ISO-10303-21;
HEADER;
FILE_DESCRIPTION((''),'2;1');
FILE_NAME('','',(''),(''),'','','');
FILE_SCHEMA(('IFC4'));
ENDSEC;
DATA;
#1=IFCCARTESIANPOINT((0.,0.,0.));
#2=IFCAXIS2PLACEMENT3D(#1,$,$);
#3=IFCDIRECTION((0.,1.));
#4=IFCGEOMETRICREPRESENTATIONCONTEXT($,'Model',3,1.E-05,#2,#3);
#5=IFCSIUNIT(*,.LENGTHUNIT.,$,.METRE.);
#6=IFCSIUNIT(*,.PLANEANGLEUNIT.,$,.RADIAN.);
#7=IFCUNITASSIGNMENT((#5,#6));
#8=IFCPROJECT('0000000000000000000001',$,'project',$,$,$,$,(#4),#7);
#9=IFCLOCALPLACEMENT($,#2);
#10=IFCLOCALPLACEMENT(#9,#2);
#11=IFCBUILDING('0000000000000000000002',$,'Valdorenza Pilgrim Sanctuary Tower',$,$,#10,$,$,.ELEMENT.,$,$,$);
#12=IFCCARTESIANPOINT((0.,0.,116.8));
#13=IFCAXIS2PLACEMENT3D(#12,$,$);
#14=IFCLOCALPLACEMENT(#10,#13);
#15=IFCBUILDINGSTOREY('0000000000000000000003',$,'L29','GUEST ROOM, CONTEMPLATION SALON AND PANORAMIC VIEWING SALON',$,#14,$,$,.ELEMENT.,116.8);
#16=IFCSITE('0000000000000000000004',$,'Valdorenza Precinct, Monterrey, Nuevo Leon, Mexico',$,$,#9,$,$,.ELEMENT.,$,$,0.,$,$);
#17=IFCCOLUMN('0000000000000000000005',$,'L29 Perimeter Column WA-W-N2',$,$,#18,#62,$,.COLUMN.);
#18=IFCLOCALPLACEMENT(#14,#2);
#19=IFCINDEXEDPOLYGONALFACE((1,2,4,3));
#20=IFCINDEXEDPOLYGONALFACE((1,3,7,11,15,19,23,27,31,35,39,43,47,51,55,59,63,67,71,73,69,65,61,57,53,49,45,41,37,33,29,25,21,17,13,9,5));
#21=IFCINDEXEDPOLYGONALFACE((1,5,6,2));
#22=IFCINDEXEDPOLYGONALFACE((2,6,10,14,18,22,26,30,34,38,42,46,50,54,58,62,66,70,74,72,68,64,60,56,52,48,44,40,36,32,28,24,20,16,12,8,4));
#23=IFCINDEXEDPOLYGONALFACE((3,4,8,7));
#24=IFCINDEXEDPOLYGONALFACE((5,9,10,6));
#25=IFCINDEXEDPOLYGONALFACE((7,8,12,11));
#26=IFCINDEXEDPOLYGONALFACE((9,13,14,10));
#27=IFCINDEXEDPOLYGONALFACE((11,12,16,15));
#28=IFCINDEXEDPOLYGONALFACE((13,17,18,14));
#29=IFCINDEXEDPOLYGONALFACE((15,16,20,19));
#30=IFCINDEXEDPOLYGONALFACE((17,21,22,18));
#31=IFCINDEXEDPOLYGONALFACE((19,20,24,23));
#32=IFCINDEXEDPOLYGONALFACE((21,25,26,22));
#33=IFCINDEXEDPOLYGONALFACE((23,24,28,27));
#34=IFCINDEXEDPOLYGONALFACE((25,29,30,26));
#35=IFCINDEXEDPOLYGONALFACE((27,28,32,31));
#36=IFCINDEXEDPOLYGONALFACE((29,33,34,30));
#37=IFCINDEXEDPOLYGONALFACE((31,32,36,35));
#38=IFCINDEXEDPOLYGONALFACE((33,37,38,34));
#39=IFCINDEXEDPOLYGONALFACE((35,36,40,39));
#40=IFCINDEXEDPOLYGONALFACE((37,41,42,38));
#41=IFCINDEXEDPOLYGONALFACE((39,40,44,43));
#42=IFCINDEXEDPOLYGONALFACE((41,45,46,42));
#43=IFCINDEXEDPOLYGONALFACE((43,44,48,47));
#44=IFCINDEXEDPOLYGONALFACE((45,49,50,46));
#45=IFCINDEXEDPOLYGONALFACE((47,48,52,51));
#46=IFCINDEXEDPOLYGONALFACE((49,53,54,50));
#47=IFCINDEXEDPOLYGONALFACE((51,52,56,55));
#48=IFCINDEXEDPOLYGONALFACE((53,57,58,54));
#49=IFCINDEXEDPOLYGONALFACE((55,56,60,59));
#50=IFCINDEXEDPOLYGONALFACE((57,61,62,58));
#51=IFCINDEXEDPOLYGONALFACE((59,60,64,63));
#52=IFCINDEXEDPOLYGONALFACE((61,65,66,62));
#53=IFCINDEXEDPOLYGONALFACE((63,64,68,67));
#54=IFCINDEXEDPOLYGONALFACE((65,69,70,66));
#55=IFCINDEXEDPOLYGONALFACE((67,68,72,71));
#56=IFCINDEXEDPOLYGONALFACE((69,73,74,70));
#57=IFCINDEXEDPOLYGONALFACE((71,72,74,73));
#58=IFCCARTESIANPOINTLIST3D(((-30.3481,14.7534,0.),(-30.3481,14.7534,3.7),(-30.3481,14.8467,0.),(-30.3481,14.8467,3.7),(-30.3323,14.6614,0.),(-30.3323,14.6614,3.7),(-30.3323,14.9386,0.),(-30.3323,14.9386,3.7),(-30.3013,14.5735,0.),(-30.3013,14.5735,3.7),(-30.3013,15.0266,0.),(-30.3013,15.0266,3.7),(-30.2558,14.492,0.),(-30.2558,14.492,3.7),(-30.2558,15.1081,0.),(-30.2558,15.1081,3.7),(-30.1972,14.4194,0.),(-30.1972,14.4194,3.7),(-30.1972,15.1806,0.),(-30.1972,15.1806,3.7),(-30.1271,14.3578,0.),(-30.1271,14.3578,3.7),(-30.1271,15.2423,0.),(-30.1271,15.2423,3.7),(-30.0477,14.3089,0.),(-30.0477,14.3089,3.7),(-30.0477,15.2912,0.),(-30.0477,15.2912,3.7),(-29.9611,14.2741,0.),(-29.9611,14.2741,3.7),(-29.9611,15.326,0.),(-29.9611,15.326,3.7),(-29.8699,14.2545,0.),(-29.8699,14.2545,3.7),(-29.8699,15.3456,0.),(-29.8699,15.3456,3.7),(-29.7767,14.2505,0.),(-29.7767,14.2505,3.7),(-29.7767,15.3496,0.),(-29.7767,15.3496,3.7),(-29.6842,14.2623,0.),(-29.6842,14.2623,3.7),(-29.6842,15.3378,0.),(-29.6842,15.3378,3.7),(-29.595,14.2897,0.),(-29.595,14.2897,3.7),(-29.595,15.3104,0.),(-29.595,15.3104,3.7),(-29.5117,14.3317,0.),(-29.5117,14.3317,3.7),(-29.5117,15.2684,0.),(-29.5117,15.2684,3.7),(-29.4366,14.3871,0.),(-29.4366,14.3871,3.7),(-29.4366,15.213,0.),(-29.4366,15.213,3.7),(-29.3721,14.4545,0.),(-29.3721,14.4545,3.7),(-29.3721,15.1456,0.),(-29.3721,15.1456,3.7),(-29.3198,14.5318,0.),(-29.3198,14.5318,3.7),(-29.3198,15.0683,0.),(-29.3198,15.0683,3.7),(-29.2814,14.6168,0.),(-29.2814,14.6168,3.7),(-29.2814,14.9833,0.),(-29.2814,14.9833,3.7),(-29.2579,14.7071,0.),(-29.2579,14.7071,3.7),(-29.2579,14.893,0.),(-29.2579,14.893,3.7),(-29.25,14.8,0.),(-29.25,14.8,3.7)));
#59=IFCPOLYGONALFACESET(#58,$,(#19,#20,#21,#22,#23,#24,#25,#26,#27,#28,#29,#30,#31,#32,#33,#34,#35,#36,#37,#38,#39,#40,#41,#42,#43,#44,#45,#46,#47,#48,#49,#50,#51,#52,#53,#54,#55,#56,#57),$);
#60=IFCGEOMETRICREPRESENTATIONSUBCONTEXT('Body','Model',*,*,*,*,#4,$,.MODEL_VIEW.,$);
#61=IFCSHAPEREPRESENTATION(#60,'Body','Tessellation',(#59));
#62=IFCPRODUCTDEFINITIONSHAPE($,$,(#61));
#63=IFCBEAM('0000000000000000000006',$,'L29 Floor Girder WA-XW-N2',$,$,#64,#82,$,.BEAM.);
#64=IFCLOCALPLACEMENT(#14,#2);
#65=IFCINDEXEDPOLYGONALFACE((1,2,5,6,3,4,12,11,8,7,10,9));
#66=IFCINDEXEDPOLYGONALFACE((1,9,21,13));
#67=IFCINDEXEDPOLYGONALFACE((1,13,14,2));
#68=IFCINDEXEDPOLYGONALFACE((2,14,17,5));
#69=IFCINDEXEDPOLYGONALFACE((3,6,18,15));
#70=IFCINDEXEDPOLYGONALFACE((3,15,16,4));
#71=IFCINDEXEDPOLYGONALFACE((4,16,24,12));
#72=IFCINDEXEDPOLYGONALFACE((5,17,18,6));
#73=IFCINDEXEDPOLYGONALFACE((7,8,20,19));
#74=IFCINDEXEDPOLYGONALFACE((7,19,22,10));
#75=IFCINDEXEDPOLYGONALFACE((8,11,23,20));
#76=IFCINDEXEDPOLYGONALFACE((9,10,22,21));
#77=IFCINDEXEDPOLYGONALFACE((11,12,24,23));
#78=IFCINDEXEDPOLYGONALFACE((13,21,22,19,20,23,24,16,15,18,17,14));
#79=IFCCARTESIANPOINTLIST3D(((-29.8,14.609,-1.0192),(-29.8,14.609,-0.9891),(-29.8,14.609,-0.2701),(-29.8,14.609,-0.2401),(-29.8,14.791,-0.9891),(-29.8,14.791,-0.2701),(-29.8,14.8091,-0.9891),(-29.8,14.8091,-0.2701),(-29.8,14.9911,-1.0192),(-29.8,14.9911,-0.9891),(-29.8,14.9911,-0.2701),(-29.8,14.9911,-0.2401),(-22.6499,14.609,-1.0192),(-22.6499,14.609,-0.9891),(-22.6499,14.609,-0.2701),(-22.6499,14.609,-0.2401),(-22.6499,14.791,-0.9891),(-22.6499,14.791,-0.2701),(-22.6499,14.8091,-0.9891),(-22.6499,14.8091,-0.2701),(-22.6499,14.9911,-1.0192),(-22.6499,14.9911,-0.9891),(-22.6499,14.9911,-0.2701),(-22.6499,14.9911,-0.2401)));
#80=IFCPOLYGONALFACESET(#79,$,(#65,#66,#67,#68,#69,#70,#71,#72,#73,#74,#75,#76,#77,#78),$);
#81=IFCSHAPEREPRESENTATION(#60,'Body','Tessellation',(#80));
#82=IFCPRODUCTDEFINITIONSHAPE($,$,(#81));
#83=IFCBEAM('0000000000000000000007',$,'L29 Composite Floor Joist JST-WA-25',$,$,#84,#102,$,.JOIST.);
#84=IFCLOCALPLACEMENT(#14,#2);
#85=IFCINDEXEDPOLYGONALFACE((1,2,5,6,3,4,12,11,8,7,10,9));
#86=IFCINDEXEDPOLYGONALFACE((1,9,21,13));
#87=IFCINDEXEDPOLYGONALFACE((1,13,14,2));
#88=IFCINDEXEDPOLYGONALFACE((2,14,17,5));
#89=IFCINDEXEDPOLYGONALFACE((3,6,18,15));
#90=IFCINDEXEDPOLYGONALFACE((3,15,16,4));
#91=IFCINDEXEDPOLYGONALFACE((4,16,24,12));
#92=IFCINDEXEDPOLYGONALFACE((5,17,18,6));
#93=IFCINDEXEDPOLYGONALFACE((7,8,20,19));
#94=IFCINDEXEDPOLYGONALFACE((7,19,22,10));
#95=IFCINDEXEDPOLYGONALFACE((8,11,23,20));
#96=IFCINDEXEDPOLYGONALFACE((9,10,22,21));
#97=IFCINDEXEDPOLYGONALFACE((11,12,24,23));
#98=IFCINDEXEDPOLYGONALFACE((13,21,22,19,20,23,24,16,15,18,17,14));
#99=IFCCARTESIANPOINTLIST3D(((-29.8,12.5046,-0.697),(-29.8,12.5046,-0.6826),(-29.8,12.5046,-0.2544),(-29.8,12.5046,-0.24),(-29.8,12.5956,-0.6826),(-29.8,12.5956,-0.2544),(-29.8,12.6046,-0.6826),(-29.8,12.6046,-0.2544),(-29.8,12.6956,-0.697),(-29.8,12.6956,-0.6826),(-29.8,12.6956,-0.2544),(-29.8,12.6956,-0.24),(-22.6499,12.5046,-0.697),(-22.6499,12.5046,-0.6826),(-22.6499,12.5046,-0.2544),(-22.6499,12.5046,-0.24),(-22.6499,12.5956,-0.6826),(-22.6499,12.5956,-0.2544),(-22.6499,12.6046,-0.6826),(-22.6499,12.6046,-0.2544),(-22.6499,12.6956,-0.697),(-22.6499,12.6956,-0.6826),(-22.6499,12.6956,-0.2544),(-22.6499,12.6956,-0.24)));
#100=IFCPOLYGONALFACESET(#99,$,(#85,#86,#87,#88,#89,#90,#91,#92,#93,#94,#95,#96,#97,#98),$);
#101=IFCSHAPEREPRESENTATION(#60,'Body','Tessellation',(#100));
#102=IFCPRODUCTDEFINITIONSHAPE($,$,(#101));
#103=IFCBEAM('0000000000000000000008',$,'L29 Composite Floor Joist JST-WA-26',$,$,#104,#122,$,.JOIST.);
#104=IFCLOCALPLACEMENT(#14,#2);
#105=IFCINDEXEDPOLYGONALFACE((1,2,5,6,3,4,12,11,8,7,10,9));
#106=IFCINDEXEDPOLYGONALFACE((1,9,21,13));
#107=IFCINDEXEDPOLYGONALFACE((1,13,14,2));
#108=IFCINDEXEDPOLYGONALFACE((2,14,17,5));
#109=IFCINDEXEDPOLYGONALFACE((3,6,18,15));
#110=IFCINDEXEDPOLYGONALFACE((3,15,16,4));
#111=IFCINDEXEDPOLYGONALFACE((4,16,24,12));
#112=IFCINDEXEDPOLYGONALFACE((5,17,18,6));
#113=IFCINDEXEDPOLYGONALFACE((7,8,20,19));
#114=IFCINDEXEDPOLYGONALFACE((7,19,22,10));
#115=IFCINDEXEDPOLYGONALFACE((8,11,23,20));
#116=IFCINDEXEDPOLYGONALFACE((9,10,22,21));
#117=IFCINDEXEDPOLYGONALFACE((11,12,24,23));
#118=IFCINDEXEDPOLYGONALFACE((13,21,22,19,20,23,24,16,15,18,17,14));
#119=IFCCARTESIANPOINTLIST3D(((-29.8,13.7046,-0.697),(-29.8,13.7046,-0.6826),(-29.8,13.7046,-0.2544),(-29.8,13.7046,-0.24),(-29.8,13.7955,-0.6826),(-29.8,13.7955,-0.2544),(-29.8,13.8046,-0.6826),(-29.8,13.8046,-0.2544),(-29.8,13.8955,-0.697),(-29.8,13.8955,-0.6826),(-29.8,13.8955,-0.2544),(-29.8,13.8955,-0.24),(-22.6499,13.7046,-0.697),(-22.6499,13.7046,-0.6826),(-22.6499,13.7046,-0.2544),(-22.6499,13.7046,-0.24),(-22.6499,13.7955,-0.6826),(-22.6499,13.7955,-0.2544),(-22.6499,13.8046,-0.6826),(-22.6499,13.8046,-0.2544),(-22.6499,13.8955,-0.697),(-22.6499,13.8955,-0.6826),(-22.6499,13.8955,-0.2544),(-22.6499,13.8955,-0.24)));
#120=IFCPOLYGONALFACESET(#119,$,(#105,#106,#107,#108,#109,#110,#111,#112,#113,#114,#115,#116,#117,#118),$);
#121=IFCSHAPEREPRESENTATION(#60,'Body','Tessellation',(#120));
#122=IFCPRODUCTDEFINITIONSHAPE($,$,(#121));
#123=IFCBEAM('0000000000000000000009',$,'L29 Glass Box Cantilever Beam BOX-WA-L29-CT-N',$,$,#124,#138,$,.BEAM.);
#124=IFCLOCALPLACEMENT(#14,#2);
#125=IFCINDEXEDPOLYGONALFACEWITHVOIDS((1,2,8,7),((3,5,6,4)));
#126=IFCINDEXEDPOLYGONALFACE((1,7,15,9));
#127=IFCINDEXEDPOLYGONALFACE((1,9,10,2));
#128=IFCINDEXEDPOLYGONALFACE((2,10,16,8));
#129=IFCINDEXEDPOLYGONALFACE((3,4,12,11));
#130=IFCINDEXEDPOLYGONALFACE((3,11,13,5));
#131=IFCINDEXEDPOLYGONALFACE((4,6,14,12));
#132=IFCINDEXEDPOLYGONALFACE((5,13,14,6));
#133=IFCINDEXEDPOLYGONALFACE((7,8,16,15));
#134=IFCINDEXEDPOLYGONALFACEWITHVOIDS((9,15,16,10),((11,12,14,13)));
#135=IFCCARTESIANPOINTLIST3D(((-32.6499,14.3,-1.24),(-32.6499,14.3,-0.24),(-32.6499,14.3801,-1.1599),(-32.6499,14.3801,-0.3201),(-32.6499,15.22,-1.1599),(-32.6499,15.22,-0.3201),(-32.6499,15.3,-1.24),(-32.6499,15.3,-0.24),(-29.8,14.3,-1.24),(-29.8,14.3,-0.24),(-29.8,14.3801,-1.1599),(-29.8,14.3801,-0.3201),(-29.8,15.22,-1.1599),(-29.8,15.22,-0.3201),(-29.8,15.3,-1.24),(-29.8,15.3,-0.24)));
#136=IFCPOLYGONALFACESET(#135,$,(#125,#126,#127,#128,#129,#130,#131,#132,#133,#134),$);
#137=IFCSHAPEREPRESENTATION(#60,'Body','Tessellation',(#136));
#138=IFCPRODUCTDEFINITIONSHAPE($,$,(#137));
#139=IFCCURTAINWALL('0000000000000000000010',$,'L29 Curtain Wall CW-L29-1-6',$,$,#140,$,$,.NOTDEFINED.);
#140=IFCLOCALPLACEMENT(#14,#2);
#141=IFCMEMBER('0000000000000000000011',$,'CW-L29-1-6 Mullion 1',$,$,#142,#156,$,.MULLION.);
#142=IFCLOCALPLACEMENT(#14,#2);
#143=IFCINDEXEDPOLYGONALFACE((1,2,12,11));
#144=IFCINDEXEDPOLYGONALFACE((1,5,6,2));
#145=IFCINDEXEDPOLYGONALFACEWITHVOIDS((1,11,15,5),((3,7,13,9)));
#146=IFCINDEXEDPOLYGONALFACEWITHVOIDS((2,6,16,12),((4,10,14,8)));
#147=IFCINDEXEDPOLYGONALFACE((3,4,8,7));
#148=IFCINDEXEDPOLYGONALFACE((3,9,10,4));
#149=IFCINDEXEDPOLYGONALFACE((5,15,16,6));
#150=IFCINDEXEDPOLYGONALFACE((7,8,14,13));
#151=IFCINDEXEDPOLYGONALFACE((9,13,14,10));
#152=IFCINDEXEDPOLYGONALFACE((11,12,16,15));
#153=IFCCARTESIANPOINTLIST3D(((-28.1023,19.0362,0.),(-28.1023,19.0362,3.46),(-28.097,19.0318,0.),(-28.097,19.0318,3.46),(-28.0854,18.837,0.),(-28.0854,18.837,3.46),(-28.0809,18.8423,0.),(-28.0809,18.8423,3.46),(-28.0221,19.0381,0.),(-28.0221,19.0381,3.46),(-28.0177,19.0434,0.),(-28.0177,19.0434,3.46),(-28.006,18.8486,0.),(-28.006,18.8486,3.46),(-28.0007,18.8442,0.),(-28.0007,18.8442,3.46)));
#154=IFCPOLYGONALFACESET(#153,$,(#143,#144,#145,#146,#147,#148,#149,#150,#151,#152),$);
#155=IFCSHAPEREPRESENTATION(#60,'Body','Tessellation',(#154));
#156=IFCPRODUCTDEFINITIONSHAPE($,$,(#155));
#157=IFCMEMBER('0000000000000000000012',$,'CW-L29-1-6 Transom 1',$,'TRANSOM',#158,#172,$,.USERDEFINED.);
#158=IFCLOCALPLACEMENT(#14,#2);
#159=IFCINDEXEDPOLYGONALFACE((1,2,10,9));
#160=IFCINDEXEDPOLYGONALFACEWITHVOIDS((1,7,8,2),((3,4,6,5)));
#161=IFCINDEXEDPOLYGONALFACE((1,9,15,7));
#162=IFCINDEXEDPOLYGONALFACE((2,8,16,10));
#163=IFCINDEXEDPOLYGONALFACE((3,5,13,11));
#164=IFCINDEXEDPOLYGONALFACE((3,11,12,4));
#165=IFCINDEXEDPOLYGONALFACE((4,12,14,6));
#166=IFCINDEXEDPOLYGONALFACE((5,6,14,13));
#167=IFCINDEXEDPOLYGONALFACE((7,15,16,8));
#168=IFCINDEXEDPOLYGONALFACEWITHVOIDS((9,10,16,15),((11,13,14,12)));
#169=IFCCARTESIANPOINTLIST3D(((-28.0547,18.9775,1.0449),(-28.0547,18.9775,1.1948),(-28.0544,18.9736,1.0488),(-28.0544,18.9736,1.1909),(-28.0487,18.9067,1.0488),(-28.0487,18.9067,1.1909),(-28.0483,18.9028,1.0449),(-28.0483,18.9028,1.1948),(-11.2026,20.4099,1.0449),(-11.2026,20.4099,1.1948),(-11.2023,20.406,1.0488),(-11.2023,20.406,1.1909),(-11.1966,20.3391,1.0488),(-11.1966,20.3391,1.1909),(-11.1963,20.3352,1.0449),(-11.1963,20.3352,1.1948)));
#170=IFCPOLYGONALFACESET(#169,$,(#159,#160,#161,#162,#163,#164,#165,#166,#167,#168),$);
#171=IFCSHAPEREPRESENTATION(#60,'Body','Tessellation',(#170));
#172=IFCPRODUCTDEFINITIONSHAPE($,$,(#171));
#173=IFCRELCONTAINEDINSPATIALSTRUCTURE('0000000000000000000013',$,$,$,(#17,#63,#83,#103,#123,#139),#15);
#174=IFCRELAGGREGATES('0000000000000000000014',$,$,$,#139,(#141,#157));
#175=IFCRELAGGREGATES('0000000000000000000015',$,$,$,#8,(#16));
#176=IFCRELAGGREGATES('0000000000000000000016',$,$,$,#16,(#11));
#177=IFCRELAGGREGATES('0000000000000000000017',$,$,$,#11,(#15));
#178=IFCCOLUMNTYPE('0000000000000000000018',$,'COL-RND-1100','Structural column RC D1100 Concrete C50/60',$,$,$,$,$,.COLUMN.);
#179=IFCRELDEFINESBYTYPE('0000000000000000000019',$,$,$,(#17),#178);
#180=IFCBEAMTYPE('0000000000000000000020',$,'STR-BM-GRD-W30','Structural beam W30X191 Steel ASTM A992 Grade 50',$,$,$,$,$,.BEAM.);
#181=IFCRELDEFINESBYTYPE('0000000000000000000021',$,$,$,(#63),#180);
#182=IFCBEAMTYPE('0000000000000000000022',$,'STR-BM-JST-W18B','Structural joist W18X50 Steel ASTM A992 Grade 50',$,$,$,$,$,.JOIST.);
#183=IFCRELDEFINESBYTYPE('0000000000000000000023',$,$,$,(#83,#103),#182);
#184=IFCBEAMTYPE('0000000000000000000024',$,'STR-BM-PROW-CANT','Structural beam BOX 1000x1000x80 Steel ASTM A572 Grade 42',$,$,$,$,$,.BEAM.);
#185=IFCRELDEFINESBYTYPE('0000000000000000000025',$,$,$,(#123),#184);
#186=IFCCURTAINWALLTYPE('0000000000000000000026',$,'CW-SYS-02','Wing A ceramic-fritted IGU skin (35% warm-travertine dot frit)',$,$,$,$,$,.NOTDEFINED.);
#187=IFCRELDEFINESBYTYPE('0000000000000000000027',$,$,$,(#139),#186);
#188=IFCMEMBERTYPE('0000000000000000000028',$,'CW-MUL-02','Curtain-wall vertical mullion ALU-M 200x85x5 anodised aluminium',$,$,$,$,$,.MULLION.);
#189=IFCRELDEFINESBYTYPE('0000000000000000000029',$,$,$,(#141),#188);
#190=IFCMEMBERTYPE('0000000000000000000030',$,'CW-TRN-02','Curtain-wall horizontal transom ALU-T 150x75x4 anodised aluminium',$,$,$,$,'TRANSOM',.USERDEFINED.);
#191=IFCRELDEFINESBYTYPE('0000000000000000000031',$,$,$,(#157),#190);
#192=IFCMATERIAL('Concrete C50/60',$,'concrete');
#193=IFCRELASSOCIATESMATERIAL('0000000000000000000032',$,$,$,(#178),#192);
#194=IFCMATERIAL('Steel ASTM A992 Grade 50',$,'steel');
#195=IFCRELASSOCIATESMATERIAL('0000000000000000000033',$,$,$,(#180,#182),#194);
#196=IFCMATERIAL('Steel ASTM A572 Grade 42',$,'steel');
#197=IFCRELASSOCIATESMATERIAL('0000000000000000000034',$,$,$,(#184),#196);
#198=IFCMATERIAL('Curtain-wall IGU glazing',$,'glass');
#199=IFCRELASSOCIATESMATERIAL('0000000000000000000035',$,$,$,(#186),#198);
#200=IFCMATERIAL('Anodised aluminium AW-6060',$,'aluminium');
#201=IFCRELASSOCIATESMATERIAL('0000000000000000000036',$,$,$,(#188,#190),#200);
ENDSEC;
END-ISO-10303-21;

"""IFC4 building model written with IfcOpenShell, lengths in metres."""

from ifc_helpers import new_model, si_unit, direction, frame, origin, origin_2d, place, context, subcontext, project, spatial, hollow_rectangle, circle, i_section, extrude, source, transform, mapped, material, material_profile, profile_set, type_object, element, aggregate, save


model = new_model("IFC4")

# Units and contexts
model_context = context("Model", 3, precision=1e-05, world=origin(), true_north=direction((0.0, 1.0)))
body_context = subcontext(model_context, "Body", "Model", "MODEL_VIEW")
ifc_project = project(units=[si_unit("LENGTHUNIT", "METRE"), si_unit("PLANEANGLEUNIT", "RADIAN")], contexts=[model_context])

# Site, building, storey
site_placement = place(None, origin())
site = spatial("IfcSite", under=ifc_project, at=site_placement, Name="Valdorenza Precinct, Monterrey, Nuevo Leon, Mexico", CompositionType="ELEMENT", RefElevation=0.0)
building_placement = place(site_placement, origin())
building = spatial("IfcBuilding", under=site, at=building_placement, Name="Valdorenza Pilgrim Sanctuary Tower", CompositionType="ELEMENT")
storey_placement = place(building_placement, frame((0.0, 0.0, 116.8)))
storey = spatial("IfcBuildingStorey", under=building, at=storey_placement, Name="L29", Description="GUEST ROOM, CONTEMPLATION SALON AND PANORAMIC VIEWING SALON", CompositionType="ELEMENT", Elevation=116.8)

# Column
ifc_material_1 = material(Name="Concrete C50/60", Category="concrete")
ifc_material_profile_1 = material_profile(ifc_material_1, circle(Radius=0.55, at=origin_2d()), Name="RC D1100")
ifc_profile_set_1 = profile_set([ifc_material_profile_1], Name="Concrete C50/60")
column_type = type_object("IfcColumnType", Name="COL-RND-1100", Description="Structural column RC D1100 Concrete C50/60", PredefinedType="COLUMN", material=ifc_profile_set_1)
shared_shape_1 = source(origin(), body_context, "Body", "SweptSolid", [
    extrude(circle(Radius=0.55, at=origin_2d()), origin(), (0.0, 0.0, 1.0), 3.7),
])
column_placement = place(storey_placement, frame((-29.8, 14.8, 0.0), z_axis=(0.0, 0.0, 1.0), x_axis=(1.0, 0.0, 0.0)))
element("IfcColumn", 1, at=column_placement, inside=storey, type_object=column_type, Name="L29 Perimeter Column WA-W-N2", PredefinedType="COLUMN", context=body_context, shape_type="MappedRepresentation", body=[
    mapped(shared_shape_1, transform((0.0, 0.0, 0.0), x_axis=(1.0, 0.0, 0.0), y_axis=(0.0, 1.0, 0.0), z_axis=(0.0, 0.0, 1.0), scale=1.0)),
])

# Beams
ifc_material_2 = material(Name="Steel ASTM A992 Grade 50", Category="steel")
ifc_material_profile_2 = material_profile(ifc_material_2, i_section(OverallWidth=0.3821, OverallDepth=0.7791, WebThickness=0.0181, FlangeThickness=0.03, at=origin_2d()), Name="W30X191")
ifc_profile_set_2 = profile_set([ifc_material_profile_2], Name="Steel ASTM A992 Grade 50")
beam_type_1 = type_object("IfcBeamType", Name="STR-BM-GRD-W30", Description="Structural beam W30X191 Steel ASTM A992 Grade 50", PredefinedType="BEAM", material=ifc_profile_set_2)
shared_shape_2 = source(origin(), body_context, "Body", "SweptSolid", [
    extrude(i_section(OverallWidth=0.3821, OverallDepth=0.7791, WebThickness=0.0181, FlangeThickness=0.03, at=origin_2d()), origin(), (0.0, 0.0, 1.0), 7.1501),
])
beam_1_placement = place(storey_placement, frame((-29.8, 14.8, -0.6296), z_axis=(1.0, 0.0, 0.0), x_axis=(0.0, 1.0, 0.0)))
element("IfcBeam", 2, at=beam_1_placement, inside=storey, type_object=beam_type_1, Name="L29 Floor Girder WA-XW-N2", PredefinedType="BEAM", context=body_context, shape_type="MappedRepresentation", body=[
    mapped(shared_shape_2, transform((0.0, 0.0, 0.0), x_axis=(1.0, 0.0, 0.0), y_axis=(0.0, 1.0, 0.0), z_axis=(0.0, 0.0, 1.0), scale=1.0)),
])
ifc_material_profile_3 = material_profile(ifc_material_2, i_section(OverallWidth=0.1909, OverallDepth=0.457, WebThickness=0.009, FlangeThickness=0.0144, at=origin_2d()), Name="W18X50")
ifc_profile_set_3 = profile_set([ifc_material_profile_3], Name="Steel ASTM A992 Grade 50")
beam_type_2 = type_object("IfcBeamType", Name="STR-BM-JST-W18B", Description="Structural joist W18X50 Steel ASTM A992 Grade 50", PredefinedType="JOIST", material=ifc_profile_set_3)
shared_shape_3 = source(origin(), body_context, "Body", "SweptSolid", [
    extrude(i_section(OverallWidth=0.1909, OverallDepth=0.457, WebThickness=0.009, FlangeThickness=0.0144, at=origin_2d()), origin(), (0.0, 0.0, 1.0), 7.1501),
])
for number, where, z_axis, x_axis, name in (
    (3, (-29.8, 12.6001, -0.4685), (1.0, 0.0, 0.0), (0.0, 1.0, 0.0), "L29 Composite Floor Joist JST-WA-25"),
    (4, (-29.8, 13.8, -0.4685), (1.0, 0.0, 0.0), (0.0, 1.0, 0.0), "L29 Composite Floor Joist JST-WA-26"),
):
    element("IfcBeam", number, at=place(storey_placement, frame(where, z_axis=z_axis, x_axis=x_axis)), inside=storey, type_object=beam_type_2, Name=name, PredefinedType="JOIST", context=body_context, shape_type="MappedRepresentation", body=[
        mapped(shared_shape_3, transform((0.0, 0.0, 0.0), x_axis=(1.0, 0.0, 0.0), y_axis=(0.0, 1.0, 0.0), z_axis=(0.0, 0.0, 1.0), scale=1.0)),
    ])
ifc_material_3 = material(Name="Steel ASTM A572 Grade 42", Category="steel")
ifc_material_profile_4 = material_profile(ifc_material_3, hollow_rectangle(XDim=1.0, YDim=1.0, WallThickness=0.0801, at=origin_2d()), Name="BOX 1000x1000x80")
ifc_profile_set_4 = profile_set([ifc_material_profile_4], Name="Steel ASTM A572 Grade 42")
beam_type_3 = type_object("IfcBeamType", Name="STR-BM-PROW-CANT", Description="Structural beam BOX 1000x1000x80 Steel ASTM A572 Grade 42", PredefinedType="BEAM", material=ifc_profile_set_4)
shared_shape_4 = source(origin(), body_context, "Body", "SweptSolid", [
    extrude(hollow_rectangle(XDim=1.0, YDim=1.0, WallThickness=0.0801, at=origin_2d()), origin(), (0.0, 0.0, 1.0), 2.8499),
])
beam_2_placement = place(storey_placement, frame((-29.8, 14.8, -0.74), z_axis=(-1.0, 0.0, 0.0), x_axis=(0.0, -1.0, 0.0)))
element("IfcBeam", 5, at=beam_2_placement, inside=storey, type_object=beam_type_3, Name="L29 Glass Box Cantilever Beam BOX-WA-L29-CT-N", PredefinedType="BEAM", context=body_context, shape_type="MappedRepresentation", body=[
    mapped(shared_shape_4, transform((0.0, 0.0, 0.0), x_axis=(1.0, 0.0, 0.0), y_axis=(0.0, 1.0, 0.0), z_axis=(0.0, 0.0, 1.0), scale=1.0)),
])

# Curtain wall, members
ifc_material_4 = material(Name="Curtain-wall IGU glazing", Category="glass")
curtain_wall_type = type_object("IfcCurtainWallType", Name="CW-SYS-02", Description="Wing A ceramic-fritted IGU skin (35% warm-travertine dot frit)", PredefinedType="NOTDEFINED", material=ifc_material_4)
curtain_wall_placement = place(storey_placement, origin())
curtain_wall = element("IfcCurtainWall", 6, at=curtain_wall_placement, inside=storey, type_object=curtain_wall_type, Name="L29 Curtain Wall CW-L29-1-6", PredefinedType="NOTDEFINED")
ifc_material_5 = material(Name="Anodised aluminium AW-6060", Category="aluminium")
ifc_material_profile_5 = material_profile(ifc_material_5, hollow_rectangle(XDim=0.085, YDim=0.2, WallThickness=0.0049, at=origin_2d()), Name="ALU-M 200x85x5")
ifc_profile_set_5 = profile_set([ifc_material_profile_5], Name="Anodised aluminium AW-6060")
member_type_1 = type_object("IfcMemberType", Name="CW-MUL-02", Description="Curtain-wall vertical mullion ALU-M 200x85x5 anodised aluminium", PredefinedType="MULLION", material=ifc_profile_set_5)
shared_shape_5 = source(origin(), body_context, "Body", "SweptSolid", [
    extrude(hollow_rectangle(XDim=0.085, YDim=0.2, WallThickness=0.0049, at=origin_2d()), origin(), (0.0, 0.0, 1.0), 3.46),
])
member_1_placement = place(storey_placement, frame((-28.0515, 18.9402, 0.0), z_axis=(0.0, 0.0, 1.0), x_axis=(0.996408, 0.084687, 0.0)))
member_1 = element("IfcMember", 7, at=member_1_placement, type_object=member_type_1, Name="CW-L29-1-6 Mullion 1", PredefinedType="MULLION", context=body_context, shape_type="MappedRepresentation", body=[
    mapped(shared_shape_5, transform((0.0, 0.0, 0.0), x_axis=(1.0, 0.0, 0.0), y_axis=(0.0, 1.0, 0.0), z_axis=(0.0, 0.0, 1.0), scale=1.0)),
])
ifc_material_profile_6 = material_profile(ifc_material_5, hollow_rectangle(XDim=0.075, YDim=0.1499, WallThickness=0.0039, at=origin_2d()), Name="ALU-T 150x75x4")
ifc_profile_set_6 = profile_set([ifc_material_profile_6], Name="Anodised aluminium AW-6060")
member_type_2 = type_object("IfcMemberType", Name="CW-TRN-02", Description="Curtain-wall horizontal transom ALU-T 150x75x4 anodised aluminium", ElementType="TRANSOM", PredefinedType="USERDEFINED", material=ifc_profile_set_6)
shared_shape_6 = source(origin(), body_context, "Body", "SweptSolid", [
    extrude(hollow_rectangle(XDim=0.075, YDim=0.1499, WallThickness=0.0039, at=origin_2d()), origin(), (0.0, 0.0, 1.0), 16.9128),
])
member_2_placement = place(storey_placement, frame((-28.0515, 18.9402, 1.1199), z_axis=(0.996407, 0.084692, 0.0), x_axis=(-0.084692, 0.996407, 0.0)))
member_2 = element("IfcMember", 8, at=member_2_placement, type_object=member_type_2, Name="CW-L29-1-6 Transom 1", ObjectType="TRANSOM", PredefinedType="USERDEFINED", context=body_context, shape_type="MappedRepresentation", body=[
    mapped(shared_shape_6, transform((0.0, 0.0, 0.0), x_axis=(1.0, 0.0, 0.0), y_axis=(0.0, 1.0, 0.0), z_axis=(0.0, 0.0, 1.0), scale=1.0)),
])
aggregate(curtain_wall, [member_1, member_2])

save(model, "model.ifc")
